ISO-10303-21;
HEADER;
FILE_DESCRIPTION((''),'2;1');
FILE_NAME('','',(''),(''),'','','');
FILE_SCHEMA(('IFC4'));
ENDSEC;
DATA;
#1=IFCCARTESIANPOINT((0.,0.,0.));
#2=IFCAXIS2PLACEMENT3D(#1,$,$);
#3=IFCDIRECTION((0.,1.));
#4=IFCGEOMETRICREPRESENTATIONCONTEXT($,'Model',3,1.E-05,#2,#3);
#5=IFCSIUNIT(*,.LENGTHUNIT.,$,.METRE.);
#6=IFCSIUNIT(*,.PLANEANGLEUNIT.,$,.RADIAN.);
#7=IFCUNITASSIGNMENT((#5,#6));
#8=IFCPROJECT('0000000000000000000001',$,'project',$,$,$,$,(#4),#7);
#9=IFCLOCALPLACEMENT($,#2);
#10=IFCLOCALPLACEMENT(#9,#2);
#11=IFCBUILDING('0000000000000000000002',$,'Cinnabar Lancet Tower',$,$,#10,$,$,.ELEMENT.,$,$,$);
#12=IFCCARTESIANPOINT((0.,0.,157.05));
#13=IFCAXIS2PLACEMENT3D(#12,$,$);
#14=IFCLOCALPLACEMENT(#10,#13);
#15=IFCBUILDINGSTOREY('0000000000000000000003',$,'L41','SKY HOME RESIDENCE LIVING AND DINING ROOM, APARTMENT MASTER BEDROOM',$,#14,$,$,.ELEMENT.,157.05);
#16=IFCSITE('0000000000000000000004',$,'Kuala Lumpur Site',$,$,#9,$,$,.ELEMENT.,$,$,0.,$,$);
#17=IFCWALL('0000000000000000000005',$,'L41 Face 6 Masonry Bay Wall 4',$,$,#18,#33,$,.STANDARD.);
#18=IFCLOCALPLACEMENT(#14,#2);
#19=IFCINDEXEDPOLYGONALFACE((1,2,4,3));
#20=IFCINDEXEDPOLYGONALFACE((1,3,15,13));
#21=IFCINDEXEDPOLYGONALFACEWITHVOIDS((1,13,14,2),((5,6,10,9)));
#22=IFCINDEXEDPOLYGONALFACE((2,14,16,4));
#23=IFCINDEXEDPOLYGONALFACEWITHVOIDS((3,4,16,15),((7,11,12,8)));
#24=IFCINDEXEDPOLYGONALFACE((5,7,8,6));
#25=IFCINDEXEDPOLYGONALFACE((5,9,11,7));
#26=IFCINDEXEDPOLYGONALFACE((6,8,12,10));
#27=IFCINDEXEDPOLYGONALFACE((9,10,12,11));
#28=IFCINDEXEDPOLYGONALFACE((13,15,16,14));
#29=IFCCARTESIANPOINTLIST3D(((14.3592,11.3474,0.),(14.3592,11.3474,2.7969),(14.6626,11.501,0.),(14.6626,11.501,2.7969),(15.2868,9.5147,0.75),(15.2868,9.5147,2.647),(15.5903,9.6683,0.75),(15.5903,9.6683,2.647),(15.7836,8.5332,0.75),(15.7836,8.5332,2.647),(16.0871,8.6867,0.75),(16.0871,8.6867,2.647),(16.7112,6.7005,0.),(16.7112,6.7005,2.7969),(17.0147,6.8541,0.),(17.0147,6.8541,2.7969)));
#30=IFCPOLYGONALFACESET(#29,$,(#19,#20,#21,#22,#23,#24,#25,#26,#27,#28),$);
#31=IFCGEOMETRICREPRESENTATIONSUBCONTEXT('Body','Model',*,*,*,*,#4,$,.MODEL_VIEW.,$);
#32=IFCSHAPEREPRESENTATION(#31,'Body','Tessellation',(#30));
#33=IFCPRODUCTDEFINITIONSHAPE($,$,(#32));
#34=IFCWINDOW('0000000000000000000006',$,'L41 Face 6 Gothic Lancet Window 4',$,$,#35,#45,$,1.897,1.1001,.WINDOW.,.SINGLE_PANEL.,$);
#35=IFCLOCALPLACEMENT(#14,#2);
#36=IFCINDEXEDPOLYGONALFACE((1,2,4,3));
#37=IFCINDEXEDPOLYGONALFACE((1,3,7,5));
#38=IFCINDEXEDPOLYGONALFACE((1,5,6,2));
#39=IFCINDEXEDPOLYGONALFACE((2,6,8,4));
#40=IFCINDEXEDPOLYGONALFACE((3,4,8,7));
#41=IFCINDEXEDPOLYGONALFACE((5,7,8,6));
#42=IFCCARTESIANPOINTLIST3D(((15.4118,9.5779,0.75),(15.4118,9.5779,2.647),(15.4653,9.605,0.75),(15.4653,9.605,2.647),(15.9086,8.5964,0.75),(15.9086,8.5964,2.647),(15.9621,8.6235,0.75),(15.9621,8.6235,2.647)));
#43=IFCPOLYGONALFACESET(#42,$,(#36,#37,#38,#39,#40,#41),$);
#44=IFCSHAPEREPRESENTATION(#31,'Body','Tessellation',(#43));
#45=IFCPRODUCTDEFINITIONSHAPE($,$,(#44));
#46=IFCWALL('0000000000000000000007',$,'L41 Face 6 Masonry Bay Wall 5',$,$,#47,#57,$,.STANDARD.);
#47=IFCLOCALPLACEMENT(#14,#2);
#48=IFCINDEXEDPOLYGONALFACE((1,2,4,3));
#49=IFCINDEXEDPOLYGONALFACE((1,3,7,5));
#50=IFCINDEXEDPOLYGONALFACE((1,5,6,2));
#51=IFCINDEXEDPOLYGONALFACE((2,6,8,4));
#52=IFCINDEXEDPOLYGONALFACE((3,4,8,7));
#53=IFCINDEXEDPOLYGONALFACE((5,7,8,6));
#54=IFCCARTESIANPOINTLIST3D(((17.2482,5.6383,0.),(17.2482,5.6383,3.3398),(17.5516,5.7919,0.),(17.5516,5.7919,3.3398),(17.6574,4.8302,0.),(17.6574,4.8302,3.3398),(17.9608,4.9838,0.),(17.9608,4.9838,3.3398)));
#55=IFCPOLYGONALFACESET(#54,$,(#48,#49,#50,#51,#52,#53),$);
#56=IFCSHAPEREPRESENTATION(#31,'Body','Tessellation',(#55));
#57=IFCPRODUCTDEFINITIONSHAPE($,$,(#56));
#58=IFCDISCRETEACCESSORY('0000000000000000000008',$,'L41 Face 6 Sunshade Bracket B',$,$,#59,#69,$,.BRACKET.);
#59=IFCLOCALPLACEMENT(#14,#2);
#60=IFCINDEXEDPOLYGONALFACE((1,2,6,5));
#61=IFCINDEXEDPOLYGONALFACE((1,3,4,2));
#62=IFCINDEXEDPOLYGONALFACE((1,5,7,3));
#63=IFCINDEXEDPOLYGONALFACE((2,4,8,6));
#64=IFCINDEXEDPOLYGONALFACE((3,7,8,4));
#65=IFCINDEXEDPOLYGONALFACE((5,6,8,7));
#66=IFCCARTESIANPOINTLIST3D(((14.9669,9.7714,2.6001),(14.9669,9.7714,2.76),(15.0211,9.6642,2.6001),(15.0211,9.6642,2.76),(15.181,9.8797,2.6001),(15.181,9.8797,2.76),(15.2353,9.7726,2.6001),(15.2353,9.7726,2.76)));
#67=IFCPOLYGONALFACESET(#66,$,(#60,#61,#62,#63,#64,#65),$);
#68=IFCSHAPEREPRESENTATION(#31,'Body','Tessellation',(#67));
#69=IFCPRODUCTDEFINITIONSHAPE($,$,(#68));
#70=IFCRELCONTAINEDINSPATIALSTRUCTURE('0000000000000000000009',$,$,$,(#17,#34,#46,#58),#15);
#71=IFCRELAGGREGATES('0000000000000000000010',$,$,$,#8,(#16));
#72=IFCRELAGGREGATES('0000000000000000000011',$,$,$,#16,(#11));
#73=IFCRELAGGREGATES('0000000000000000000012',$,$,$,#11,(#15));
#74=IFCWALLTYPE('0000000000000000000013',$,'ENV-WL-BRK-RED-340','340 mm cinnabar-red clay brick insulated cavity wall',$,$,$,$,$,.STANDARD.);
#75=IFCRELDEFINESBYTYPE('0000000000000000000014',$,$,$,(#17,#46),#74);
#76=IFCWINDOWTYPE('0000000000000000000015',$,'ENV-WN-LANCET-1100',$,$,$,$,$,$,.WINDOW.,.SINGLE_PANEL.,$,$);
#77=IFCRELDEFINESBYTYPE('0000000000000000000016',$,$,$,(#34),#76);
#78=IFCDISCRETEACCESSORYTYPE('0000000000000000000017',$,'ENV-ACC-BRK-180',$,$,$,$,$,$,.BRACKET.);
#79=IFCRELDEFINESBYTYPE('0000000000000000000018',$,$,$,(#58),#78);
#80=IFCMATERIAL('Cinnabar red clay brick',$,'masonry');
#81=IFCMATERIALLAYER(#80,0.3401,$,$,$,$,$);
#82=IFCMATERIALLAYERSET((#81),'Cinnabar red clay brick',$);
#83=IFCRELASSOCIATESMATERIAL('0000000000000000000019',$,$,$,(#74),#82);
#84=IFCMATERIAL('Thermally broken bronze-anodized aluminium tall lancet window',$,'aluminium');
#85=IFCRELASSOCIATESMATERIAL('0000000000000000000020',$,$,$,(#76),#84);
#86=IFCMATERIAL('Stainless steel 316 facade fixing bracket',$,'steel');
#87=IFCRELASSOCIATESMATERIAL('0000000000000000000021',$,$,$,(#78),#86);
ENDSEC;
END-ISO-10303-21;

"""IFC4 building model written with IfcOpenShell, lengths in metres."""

from ifc_helpers import new_model, si_unit, direction, frame, frame_2d, origin, origin_2d, place, context, subcontext, project, spatial, rectangle, extrude, material, layer, layer_set, type_object, element, fill, save


model = new_model("IFC4")

# Units and contexts
model_context = context("Model", 3, precision=1e-05, world=origin(), true_north=direction((0.0, 1.0)))
body_context = subcontext(model_context, "Body", "Model", "MODEL_VIEW")
ifc_project = project(units=[si_unit("LENGTHUNIT", "METRE"), si_unit("PLANEANGLEUNIT", "RADIAN")], contexts=[model_context])

# Site, building, storey
site_placement = place(None, origin())
site = spatial("IfcSite", under=ifc_project, at=site_placement, Name="Kuala Lumpur Site", CompositionType="ELEMENT", RefElevation=0.0)
building_placement = place(site_placement, origin())
building = spatial("IfcBuilding", under=site, at=building_placement, Name="Cinnabar Lancet Tower", CompositionType="ELEMENT")
storey_placement = place(building_placement, frame((0.0, 0.0, 157.05)))
storey = spatial("IfcBuildingStorey", under=building, at=storey_placement, Name="L41", Description="SKY HOME RESIDENCE LIVING AND DINING ROOM, APARTMENT MASTER BEDROOM", CompositionType="ELEMENT", Elevation=157.05)

# Shared definitions
ifc_material_1 = material(Name="Cinnabar red clay brick", Category="masonry")
ifc_layer_1 = layer(ifc_material_1, 0.3401)
ifc_layer_set_1 = layer_set([ifc_layer_1], Name="Cinnabar red clay brick")
wall_type = type_object("IfcWallType", Name="ENV-WL-BRK-RED-340", Description="340 mm cinnabar-red clay brick insulated cavity wall", PredefinedType="STANDARD", material=ifc_layer_set_1)

# Wall, opening, window
wall_1_placement = place(storey_placement, frame((14.511, 11.4241, 0.0), z_axis=(0.0, 0.0, 1.0), x_axis=(0.451596, -0.892223, 0.0)))
wall_1 = element("IfcWall", 1, at=wall_1_placement, inside=storey, type_object=wall_type, Name="L41 Face 6 Masonry Bay Wall 4", PredefinedType="STANDARD", context=body_context, shape_type="SweptSolid", body=[
    extrude(rectangle(XDim=5.2083, YDim=0.3401, at=frame_2d((2.604, 0.0))), origin(), (0.0, 0.0, 1.0), 2.7969),
])
opening_placement = place(wall_1_placement, frame((2.054, 0.0, 0.75)))
opening = element("IfcOpeningElement", 2, at=opening_placement, cuts=wall_1, PredefinedType="OPENING", context=body_context, shape_type="SweptSolid", body=[
    extrude(rectangle(XDim=1.1001, YDim=1.897, at=frame_2d((0.55, 0.9485))), frame((0.0, 0.1799, 0.0), z_axis=(0.0, -1.0, 0.0), x_axis=(1.0, 0.0, 0.0)), (0.0, 0.0, 1.0), 0.3601),
])
ifc_material_2 = material(Name="Thermally broken bronze-anodized aluminium tall lancet window", Category="aluminium")
window_type = type_object("IfcWindowType", Name="ENV-WN-LANCET-1100", PartitioningType="SINGLE_PANEL", PredefinedType="WINDOW", material=ifc_material_2)
window_placement = place(opening_placement, origin())
window = element("IfcWindow", 3, at=window_placement, inside=storey, type_object=window_type, Name="L41 Face 6 Gothic Lancet Window 4", OverallHeight=1.897, OverallWidth=1.1001, PartitioningType="SINGLE_PANEL", PredefinedType="WINDOW", context=body_context, shape_type="SweptSolid", body=[
    extrude(rectangle(XDim=1.1001, YDim=1.897, at=frame_2d((0.55, 0.9485))), frame((0.0, 0.03, 0.0), z_axis=(0.0, -1.0, 0.0), x_axis=(1.0, 0.0, 0.0)), (0.0, 0.0, 1.0), 0.0601),
])
fill(opening, window)

# Wall
wall_2_placement = place(storey_placement, frame((17.3999, 5.7151, 0.0), z_axis=(0.0, 0.0, 1.0), x_axis=(0.451736, -0.892152, 0.0)))
element("IfcWall", 4, at=wall_2_placement, inside=storey, type_object=wall_type, Name="L41 Face 6 Masonry Bay Wall 5", PredefinedType="STANDARD", context=body_context, shape_type="SweptSolid", body=[
    extrude(rectangle(XDim=0.9058, YDim=0.3401, at=frame_2d((0.4529, 0.0))), origin(), (0.0, 0.0, 1.0), 3.3398),
])

# Discrete accessory
ifc_material_3 = material(Name="Stainless steel 316 facade fixing bracket", Category="steel")
discrete_accessory_type = type_object("IfcDiscreteAccessoryType", Name="ENV-ACC-BRK-180", PredefinedType="BRACKET", material=ifc_material_3)
discrete_accessory_placement = place(storey_placement, frame((15.1011, 9.772, 2.6001), z_axis=(0.0, 0.0, 1.0), x_axis=(0.451454, -0.892294, 0.0)))
element("IfcDiscreteAccessory", 5, at=discrete_accessory_placement, inside=storey, type_object=discrete_accessory_type, Name="L41 Face 6 Sunshade Bracket B", PredefinedType="BRACKET", context=body_context, shape_type="SweptSolid", body=[
    extrude(rectangle(XDim=0.1201, YDim=0.24, at=origin_2d()), origin(), (0.0, 0.0, 1.0), 0.1599),
])

save(model, "model.ifc")
